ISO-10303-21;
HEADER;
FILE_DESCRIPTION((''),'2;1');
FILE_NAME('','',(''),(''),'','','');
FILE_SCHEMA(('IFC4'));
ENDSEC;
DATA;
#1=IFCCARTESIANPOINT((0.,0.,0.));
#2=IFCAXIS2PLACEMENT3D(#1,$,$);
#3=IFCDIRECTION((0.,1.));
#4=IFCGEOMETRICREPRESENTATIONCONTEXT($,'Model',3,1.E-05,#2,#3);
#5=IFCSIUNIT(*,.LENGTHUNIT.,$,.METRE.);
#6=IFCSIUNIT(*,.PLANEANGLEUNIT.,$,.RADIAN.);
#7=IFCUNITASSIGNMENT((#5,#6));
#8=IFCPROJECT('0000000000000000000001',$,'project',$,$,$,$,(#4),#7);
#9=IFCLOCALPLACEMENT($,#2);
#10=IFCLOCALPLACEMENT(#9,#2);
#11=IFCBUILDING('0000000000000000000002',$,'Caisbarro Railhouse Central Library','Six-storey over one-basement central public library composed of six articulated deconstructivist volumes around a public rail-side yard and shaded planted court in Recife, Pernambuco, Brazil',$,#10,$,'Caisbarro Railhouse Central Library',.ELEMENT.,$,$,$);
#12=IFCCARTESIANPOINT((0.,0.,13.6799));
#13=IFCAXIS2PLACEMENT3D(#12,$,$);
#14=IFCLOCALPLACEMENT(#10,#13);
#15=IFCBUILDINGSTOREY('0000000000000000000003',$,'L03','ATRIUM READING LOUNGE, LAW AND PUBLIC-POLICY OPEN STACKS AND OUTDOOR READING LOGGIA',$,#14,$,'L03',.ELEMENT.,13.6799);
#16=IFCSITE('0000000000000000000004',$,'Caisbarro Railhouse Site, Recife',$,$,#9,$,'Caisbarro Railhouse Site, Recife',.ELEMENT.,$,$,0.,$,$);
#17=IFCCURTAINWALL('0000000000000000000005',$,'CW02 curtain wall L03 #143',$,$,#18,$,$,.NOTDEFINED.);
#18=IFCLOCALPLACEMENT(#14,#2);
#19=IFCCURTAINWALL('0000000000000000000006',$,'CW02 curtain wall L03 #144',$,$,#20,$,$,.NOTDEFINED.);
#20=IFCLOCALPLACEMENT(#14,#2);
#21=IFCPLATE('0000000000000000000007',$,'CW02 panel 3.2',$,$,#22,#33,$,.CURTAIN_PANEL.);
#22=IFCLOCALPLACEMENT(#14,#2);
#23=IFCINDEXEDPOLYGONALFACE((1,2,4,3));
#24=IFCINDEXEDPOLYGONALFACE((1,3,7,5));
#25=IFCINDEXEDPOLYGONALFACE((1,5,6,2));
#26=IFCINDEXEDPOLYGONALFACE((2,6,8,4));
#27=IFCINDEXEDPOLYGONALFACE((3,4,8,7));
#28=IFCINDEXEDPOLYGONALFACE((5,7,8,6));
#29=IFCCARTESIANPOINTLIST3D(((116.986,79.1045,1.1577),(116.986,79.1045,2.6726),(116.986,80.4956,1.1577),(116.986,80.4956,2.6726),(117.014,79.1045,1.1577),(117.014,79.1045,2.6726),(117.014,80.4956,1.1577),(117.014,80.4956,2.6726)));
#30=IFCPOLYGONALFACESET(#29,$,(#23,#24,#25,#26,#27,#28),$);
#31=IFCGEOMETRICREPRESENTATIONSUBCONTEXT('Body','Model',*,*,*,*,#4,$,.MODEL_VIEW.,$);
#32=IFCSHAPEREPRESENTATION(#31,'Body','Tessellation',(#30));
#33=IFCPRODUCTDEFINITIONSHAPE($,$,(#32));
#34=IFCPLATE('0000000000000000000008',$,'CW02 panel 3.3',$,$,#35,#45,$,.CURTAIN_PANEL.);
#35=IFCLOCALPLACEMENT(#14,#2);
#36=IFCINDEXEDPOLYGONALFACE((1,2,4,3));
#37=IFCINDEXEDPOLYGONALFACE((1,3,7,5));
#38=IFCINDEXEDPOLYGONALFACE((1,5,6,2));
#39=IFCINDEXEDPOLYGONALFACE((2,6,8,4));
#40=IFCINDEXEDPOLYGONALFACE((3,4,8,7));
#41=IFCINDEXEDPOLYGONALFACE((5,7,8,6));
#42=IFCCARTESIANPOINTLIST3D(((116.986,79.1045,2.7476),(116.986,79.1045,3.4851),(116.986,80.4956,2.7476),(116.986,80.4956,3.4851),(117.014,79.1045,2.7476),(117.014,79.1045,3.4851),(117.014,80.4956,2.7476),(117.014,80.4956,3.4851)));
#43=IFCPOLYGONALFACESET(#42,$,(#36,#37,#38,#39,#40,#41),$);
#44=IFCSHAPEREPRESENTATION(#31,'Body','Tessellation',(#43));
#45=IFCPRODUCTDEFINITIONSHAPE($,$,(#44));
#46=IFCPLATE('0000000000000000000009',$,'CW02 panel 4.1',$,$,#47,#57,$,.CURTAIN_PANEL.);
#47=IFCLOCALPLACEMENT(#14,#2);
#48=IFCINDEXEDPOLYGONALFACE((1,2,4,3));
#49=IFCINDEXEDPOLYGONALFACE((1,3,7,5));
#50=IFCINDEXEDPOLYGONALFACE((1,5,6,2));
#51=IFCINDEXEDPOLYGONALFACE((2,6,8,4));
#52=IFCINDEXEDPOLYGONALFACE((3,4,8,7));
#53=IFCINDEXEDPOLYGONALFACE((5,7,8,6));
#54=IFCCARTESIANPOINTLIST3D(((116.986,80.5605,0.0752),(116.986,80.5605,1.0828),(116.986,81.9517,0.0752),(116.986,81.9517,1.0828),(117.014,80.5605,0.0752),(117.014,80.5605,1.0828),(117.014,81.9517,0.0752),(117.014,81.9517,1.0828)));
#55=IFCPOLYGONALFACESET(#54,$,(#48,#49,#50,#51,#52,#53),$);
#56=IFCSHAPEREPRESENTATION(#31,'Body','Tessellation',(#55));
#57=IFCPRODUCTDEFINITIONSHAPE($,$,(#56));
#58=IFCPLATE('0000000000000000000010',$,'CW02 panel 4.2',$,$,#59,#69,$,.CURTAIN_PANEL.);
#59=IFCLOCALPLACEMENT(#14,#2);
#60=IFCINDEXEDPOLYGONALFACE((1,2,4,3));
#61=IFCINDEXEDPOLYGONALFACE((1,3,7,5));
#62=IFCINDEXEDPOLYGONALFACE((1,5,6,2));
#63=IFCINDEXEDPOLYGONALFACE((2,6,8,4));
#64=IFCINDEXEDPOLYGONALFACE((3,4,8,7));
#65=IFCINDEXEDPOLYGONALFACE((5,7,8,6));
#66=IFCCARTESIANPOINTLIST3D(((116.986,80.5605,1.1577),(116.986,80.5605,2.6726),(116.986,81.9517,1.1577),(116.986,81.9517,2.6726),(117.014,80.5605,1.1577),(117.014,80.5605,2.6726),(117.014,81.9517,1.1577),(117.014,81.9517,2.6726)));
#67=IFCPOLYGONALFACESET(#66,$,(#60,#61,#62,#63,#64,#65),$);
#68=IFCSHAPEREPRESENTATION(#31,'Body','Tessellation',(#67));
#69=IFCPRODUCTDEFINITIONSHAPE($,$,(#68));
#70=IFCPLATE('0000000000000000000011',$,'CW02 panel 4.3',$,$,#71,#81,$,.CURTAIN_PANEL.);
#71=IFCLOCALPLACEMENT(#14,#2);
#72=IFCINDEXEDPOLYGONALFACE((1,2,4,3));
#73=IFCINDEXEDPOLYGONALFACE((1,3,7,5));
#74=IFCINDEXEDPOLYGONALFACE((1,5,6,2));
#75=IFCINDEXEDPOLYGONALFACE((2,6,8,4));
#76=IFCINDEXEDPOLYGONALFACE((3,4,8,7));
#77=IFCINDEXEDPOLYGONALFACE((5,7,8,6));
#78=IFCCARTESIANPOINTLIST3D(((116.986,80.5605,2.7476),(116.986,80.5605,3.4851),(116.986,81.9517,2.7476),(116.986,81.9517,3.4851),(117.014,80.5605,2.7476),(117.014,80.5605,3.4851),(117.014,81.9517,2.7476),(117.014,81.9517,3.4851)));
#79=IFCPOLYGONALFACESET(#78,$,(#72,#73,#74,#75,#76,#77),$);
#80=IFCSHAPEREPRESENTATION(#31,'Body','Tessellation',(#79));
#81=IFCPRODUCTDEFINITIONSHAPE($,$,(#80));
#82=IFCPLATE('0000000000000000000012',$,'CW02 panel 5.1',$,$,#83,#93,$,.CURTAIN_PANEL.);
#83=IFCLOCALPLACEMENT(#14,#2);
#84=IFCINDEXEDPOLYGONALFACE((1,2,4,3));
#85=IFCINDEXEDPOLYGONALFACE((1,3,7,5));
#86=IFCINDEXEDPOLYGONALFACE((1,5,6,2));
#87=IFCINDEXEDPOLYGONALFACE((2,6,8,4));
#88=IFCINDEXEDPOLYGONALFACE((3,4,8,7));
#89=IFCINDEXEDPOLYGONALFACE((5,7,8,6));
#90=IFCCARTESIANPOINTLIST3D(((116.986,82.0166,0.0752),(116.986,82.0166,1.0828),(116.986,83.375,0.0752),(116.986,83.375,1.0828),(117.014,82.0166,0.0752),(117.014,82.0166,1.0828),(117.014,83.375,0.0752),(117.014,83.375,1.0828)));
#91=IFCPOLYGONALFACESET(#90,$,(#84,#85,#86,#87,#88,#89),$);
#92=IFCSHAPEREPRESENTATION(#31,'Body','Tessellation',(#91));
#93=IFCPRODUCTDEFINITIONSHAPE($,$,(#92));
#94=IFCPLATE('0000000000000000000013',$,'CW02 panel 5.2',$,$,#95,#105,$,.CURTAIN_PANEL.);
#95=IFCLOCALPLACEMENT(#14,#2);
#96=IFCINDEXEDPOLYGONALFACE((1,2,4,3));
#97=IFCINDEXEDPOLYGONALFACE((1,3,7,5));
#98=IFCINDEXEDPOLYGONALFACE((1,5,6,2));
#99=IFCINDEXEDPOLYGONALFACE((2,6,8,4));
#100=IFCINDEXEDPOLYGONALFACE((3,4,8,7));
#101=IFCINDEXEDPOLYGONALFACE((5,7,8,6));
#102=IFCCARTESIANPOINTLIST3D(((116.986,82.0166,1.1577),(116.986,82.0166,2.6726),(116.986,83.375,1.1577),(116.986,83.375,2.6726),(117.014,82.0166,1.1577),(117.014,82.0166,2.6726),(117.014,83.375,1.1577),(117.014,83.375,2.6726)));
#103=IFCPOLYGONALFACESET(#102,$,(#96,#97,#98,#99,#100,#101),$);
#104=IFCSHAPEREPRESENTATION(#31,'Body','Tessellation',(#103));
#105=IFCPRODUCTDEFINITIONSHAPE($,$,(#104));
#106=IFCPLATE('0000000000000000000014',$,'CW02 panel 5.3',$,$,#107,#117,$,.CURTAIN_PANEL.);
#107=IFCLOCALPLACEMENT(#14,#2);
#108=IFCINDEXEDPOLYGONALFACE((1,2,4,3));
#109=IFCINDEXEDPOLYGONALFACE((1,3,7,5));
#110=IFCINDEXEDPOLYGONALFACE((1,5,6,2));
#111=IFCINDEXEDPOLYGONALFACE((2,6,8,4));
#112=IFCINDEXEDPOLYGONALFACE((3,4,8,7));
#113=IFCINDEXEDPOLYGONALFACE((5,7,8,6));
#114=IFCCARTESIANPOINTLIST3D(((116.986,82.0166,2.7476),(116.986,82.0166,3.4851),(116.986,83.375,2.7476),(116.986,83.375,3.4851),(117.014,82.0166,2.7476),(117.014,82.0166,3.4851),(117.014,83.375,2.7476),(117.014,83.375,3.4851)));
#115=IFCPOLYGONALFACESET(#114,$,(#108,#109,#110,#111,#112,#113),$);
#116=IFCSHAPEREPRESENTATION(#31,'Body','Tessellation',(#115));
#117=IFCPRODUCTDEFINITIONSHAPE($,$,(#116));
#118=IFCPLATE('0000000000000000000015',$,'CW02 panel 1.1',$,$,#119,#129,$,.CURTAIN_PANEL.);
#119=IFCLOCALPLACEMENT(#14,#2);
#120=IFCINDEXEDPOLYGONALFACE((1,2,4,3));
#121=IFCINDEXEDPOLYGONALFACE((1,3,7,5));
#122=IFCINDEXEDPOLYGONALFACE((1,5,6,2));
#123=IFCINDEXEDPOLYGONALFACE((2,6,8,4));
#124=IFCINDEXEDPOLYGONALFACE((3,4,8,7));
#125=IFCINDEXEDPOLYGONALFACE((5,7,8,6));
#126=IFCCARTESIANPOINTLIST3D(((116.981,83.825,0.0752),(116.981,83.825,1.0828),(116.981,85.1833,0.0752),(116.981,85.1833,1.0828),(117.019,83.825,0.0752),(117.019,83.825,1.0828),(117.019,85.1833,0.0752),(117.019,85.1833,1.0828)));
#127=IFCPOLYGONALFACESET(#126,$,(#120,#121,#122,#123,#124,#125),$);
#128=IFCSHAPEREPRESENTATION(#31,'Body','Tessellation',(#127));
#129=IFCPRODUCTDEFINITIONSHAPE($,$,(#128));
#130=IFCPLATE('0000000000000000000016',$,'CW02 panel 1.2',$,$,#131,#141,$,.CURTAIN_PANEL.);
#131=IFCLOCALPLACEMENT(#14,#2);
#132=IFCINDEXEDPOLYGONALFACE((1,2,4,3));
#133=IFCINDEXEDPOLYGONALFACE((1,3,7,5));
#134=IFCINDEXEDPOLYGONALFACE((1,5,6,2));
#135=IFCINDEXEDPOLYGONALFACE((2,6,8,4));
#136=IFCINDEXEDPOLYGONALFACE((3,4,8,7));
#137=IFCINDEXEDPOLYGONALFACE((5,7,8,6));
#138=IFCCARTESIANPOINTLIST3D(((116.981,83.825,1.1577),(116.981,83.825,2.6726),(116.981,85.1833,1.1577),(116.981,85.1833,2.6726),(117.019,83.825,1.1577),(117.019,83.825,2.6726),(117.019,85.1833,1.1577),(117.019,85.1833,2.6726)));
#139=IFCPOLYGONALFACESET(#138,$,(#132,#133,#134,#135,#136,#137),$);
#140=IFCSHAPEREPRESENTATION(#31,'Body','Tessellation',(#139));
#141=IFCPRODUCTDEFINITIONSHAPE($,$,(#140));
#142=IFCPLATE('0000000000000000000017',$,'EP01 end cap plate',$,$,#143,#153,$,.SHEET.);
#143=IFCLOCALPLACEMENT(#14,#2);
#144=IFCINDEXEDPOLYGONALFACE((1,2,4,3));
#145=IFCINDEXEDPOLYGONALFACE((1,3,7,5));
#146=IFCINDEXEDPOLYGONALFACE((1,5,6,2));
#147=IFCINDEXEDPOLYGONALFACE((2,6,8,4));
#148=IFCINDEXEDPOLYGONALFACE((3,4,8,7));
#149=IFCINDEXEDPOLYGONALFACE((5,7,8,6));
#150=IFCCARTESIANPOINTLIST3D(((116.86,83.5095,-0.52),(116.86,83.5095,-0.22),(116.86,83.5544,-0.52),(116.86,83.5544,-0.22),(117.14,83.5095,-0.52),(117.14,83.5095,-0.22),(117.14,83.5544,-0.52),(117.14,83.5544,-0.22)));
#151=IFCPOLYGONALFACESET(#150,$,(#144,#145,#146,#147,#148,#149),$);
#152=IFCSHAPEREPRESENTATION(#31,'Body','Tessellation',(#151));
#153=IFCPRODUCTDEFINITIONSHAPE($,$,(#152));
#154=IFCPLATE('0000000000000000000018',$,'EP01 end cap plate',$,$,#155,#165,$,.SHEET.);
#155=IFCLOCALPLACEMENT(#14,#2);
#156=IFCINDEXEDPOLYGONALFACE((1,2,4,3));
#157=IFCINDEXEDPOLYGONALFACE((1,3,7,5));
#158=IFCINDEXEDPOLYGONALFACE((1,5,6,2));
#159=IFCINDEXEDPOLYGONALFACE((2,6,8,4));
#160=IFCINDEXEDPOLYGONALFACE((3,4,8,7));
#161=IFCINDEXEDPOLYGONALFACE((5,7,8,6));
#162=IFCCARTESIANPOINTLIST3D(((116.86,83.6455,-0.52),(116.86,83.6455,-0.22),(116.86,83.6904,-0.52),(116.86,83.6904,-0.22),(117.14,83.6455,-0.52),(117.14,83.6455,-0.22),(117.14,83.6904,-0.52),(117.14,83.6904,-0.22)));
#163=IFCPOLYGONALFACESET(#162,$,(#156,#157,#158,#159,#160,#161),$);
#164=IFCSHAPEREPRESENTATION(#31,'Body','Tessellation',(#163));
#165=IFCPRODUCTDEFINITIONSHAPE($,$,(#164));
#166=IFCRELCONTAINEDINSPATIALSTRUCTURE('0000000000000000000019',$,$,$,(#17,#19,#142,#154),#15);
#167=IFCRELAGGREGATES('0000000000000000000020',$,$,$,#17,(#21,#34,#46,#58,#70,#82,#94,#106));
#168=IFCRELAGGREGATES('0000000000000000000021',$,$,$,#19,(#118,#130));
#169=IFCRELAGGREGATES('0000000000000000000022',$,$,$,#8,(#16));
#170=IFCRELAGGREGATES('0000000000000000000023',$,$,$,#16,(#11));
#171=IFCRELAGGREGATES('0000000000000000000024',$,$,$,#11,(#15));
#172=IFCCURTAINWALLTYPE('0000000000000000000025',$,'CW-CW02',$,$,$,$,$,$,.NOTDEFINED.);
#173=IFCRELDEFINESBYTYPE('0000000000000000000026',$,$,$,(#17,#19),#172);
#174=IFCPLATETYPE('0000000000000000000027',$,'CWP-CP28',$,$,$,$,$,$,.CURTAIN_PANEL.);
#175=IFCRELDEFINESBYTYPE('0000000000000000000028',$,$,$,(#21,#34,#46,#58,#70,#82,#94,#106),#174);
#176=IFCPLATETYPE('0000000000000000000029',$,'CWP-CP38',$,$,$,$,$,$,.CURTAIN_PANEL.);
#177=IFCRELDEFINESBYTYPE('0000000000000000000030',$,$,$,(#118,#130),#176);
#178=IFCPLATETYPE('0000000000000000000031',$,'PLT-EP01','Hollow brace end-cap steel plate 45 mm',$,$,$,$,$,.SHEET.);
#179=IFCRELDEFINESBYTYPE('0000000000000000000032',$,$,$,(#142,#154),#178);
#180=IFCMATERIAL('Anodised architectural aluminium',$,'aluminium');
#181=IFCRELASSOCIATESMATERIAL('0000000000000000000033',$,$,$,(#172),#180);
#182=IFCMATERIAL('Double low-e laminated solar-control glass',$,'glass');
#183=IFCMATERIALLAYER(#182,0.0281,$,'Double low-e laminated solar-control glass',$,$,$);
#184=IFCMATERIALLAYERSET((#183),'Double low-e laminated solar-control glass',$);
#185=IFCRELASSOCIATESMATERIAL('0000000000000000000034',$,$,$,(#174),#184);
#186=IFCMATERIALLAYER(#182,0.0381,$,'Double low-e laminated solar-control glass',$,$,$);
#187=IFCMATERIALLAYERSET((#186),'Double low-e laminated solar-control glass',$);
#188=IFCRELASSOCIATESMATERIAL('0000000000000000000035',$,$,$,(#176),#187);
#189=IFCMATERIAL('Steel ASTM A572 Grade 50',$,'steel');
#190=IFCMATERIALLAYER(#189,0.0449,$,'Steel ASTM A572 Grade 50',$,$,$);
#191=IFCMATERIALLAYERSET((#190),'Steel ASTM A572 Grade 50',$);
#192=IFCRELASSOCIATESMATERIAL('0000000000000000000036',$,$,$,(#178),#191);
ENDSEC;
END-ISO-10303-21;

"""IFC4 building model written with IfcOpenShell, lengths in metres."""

from ifc_helpers import new_model, si_unit, direction, frame, origin, origin_2d, place, context, subcontext, project, spatial, rectangle, extrude, material, layer, layer_set, type_object, element, aggregate, save


model = new_model("IFC4")

# Units and contexts
model_context = context("Model", 3, precision=1e-05, world=origin(), true_north=direction((0.0, 1.0)))
body_context = subcontext(model_context, "Body", "Model", "MODEL_VIEW")
ifc_project = project(units=[si_unit("LENGTHUNIT", "METRE"), si_unit("PLANEANGLEUNIT", "RADIAN")], contexts=[model_context])

# Site, building, storey
site_placement = place(None, origin())
site = spatial("IfcSite", under=ifc_project, at=site_placement, Name="Caisbarro Railhouse Site, Recife", LongName="Caisbarro Railhouse Site, Recife", CompositionType="ELEMENT", RefElevation=0.0)
building_placement = place(site_placement, origin())
building = spatial("IfcBuilding", under=site, at=building_placement, Name="Caisbarro Railhouse Central Library", Description="Six-storey over one-basement central public library composed of six articulated deconstructivist volumes around a public rail-side yard and shaded planted court in Recife, Pernambuco, Brazil", LongName="Caisbarro Railhouse Central Library", CompositionType="ELEMENT")
storey_placement = place(building_placement, frame((0.0, 0.0, 13.6799)))
storey = spatial("IfcBuildingStorey", under=building, at=storey_placement, Name="L03", Description="ATRIUM READING LOUNGE, LAW AND PUBLIC-POLICY OPEN STACKS AND OUTDOOR READING LOGGIA", LongName="L03", CompositionType="ELEMENT", Elevation=13.6799)

# Shared definitions
ifc_material_1 = material(Name="Steel ASTM A572 Grade 50", Category="steel")

# Curtain wall
ifc_material_2 = material(Name="Anodised architectural aluminium", Category="aluminium")
curtain_wall_type = type_object("IfcCurtainWallType", Name="CW-CW02", PredefinedType="NOTDEFINED", material=ifc_material_2)
curtain_wall_1_placement = place(storey_placement, origin())
curtain_wall_1 = element("IfcCurtainWall", 1, at=curtain_wall_1_placement, inside=storey, type_object=curtain_wall_type, Name="CW02 curtain wall L03 #143", PredefinedType="NOTDEFINED")

# Curtain wall
curtain_wall_2_placement = place(storey_placement, origin())
curtain_wall_2 = element("IfcCurtainWall", 2, at=curtain_wall_2_placement, inside=storey, type_object=curtain_wall_type, Name="CW02 curtain wall L03 #144", PredefinedType="NOTDEFINED")

# Plates
ifc_material_3 = material(Name="Double low-e laminated solar-control glass", Category="glass")
ifc_layer_1 = layer(ifc_material_3, 0.0281, Name="Double low-e laminated solar-control glass")
ifc_layer_set_1 = layer_set([ifc_layer_1], Name="Double low-e laminated solar-control glass")
plate_type_1 = type_object("IfcPlateType", Name="CWP-CP28", PredefinedType="CURTAIN_PANEL", material=ifc_layer_set_1)
plate_1_placement = place(storey_placement, frame((117.0, 79.8, 1.1577), z_axis=(0.0, 0.0, 1.0), x_axis=(0.0, 1.0, 0.0)))
plate_1 = element("IfcPlate", 3, at=plate_1_placement, type_object=plate_type_1, Name="CW02 panel 3.2", PredefinedType="CURTAIN_PANEL", context=body_context, shape_type="SweptSolid", body=[
    extrude(rectangle(XDim=1.3911, YDim=0.0281, at=origin_2d()), origin(), (0.0, 0.0, 1.0), 1.5149),
])
plate_2_placement = place(storey_placement, frame((117.0, 79.8, 2.7476), z_axis=(0.0, 0.0, 1.0), x_axis=(0.0, 1.0, 0.0)))
plate_2 = element("IfcPlate", 4, at=plate_2_placement, type_object=plate_type_1, Name="CW02 panel 3.3", PredefinedType="CURTAIN_PANEL", context=body_context, shape_type="SweptSolid", body=[
    extrude(rectangle(XDim=1.3911, YDim=0.0281, at=origin_2d()), origin(), (0.0, 0.0, 1.0), 0.7375),
])
plate_3_placement = place(storey_placement, frame((117.0, 81.2561, 0.0752), z_axis=(0.0, 0.0, 1.0), x_axis=(0.0, 1.0, 0.0)))
plate_3 = element("IfcPlate", 5, at=plate_3_placement, type_object=plate_type_1, Name="CW02 panel 4.1", PredefinedType="CURTAIN_PANEL", context=body_context, shape_type="SweptSolid", body=[
    extrude(rectangle(XDim=1.3911, YDim=0.0281, at=origin_2d()), origin(), (0.0, 0.0, 1.0), 1.0076),
])
plate_4_placement = place(storey_placement, frame((117.0, 81.2561, 1.1577), z_axis=(0.0, 0.0, 1.0), x_axis=(0.0, 1.0, 0.0)))
plate_4 = element("IfcPlate", 6, at=plate_4_placement, type_object=plate_type_1, Name="CW02 panel 4.2", PredefinedType="CURTAIN_PANEL", context=body_context, shape_type="SweptSolid", body=[
    extrude(rectangle(XDim=1.3911, YDim=0.0281, at=origin_2d()), origin(), (0.0, 0.0, 1.0), 1.5149),
])
plate_5_placement = place(storey_placement, frame((117.0, 81.2561, 2.7476), z_axis=(0.0, 0.0, 1.0), x_axis=(0.0, 1.0, 0.0)))
plate_5 = element("IfcPlate", 7, at=plate_5_placement, type_object=plate_type_1, Name="CW02 panel 4.3", PredefinedType="CURTAIN_PANEL", context=body_context, shape_type="SweptSolid", body=[
    extrude(rectangle(XDim=1.3911, YDim=0.0281, at=origin_2d()), origin(), (0.0, 0.0, 1.0), 0.7375),
])
plate_6_placement = place(storey_placement, frame((117.0, 82.6958, 0.0752), z_axis=(0.0, 0.0, 1.0), x_axis=(0.0, 1.0, 0.0)))
plate_6 = element("IfcPlate", 8, at=plate_6_placement, type_object=plate_type_1, Name="CW02 panel 5.1", PredefinedType="CURTAIN_PANEL", context=body_context, shape_type="SweptSolid", body=[
    extrude(rectangle(XDim=1.3584, YDim=0.0281, at=origin_2d()), origin(), (0.0, 0.0, 1.0), 1.0076),
])
plate_7_placement = place(storey_placement, frame((117.0, 82.6958, 1.1577), z_axis=(0.0, 0.0, 1.0), x_axis=(0.0, 1.0, 0.0)))
plate_7 = element("IfcPlate", 9, at=plate_7_placement, type_object=plate_type_1, Name="CW02 panel 5.2", PredefinedType="CURTAIN_PANEL", context=body_context, shape_type="SweptSolid", body=[
    extrude(rectangle(XDim=1.3584, YDim=0.0281, at=origin_2d()), origin(), (0.0, 0.0, 1.0), 1.5149),
])
plate_8_placement = place(storey_placement, frame((117.0, 82.6958, 2.7476), z_axis=(0.0, 0.0, 1.0), x_axis=(0.0, 1.0, 0.0)))
plate_8 = element("IfcPlate", 10, at=plate_8_placement, type_object=plate_type_1, Name="CW02 panel 5.3", PredefinedType="CURTAIN_PANEL", context=body_context, shape_type="SweptSolid", body=[
    extrude(rectangle(XDim=1.3584, YDim=0.0281, at=origin_2d()), origin(), (0.0, 0.0, 1.0), 0.7375),
])
aggregate(curtain_wall_1, [plate_1, plate_2, plate_3, plate_4, plate_5, plate_6, plate_7, plate_8])
ifc_layer_2 = layer(ifc_material_3, 0.0381, Name="Double low-e laminated solar-control glass")
ifc_layer_set_2 = layer_set([ifc_layer_2], Name="Double low-e laminated solar-control glass")
plate_type_2 = type_object("IfcPlateType", Name="CWP-CP38", PredefinedType="CURTAIN_PANEL", material=ifc_layer_set_2)
plate_9_placement = place(storey_placement, frame((117.0, 84.5042, 0.0752), z_axis=(0.0, 0.0, 1.0), x_axis=(0.0, 1.0, 0.0)))
plate_9 = element("IfcPlate", 11, at=plate_9_placement, type_object=plate_type_2, Name="CW02 panel 1.1", PredefinedType="CURTAIN_PANEL", context=body_context, shape_type="SweptSolid", body=[
    extrude(rectangle(XDim=1.3584, YDim=0.0381, at=origin_2d()), origin(), (0.0, 0.0, 1.0), 1.0076),
])
plate_10_placement = place(storey_placement, frame((117.0, 84.5042, 1.1577), z_axis=(0.0, 0.0, 1.0), x_axis=(0.0, 1.0, 0.0)))
plate_10 = element("IfcPlate", 12, at=plate_10_placement, type_object=plate_type_2, Name="CW02 panel 1.2", PredefinedType="CURTAIN_PANEL", context=body_context, shape_type="SweptSolid", body=[
    extrude(rectangle(XDim=1.3584, YDim=0.0381, at=origin_2d()), origin(), (0.0, 0.0, 1.0), 1.5149),
])
aggregate(curtain_wall_2, [plate_9, plate_10])

# Plates
ifc_layer_3 = layer(ifc_material_1, 0.0449, Name="Steel ASTM A572 Grade 50")
ifc_layer_set_3 = layer_set([ifc_layer_3], Name="Steel ASTM A572 Grade 50")
plate_type_3 = type_object("IfcPlateType", Name="PLT-EP01", Description="Hollow brace end-cap steel plate 45 mm", PredefinedType="SHEET", material=ifc_layer_set_3)
for number, where, z_axis, x_axis, name in (
    (13, (117.0, 83.532, -0.52), (0.0, 0.0, 1.0), (0.0, 1.0, 0.0), "EP01 end cap plate"),
    (14, (117.0, 83.668, -0.52), (0.0, 0.0, 1.0), (0.0, 1.0, 0.0), "EP01 end cap plate"),
):
    element("IfcPlate", number, at=place(storey_placement, frame(where, z_axis=z_axis, x_axis=x_axis)), inside=storey, type_object=plate_type_3, Name=name, PredefinedType="SHEET", context=body_context, shape_type="SweptSolid", body=[
        extrude(rectangle(XDim=0.0449, YDim=0.28, at=origin_2d()), origin(), (0.0, 0.0, 1.0), 0.3),
    ])

save(model, "model.ifc")
